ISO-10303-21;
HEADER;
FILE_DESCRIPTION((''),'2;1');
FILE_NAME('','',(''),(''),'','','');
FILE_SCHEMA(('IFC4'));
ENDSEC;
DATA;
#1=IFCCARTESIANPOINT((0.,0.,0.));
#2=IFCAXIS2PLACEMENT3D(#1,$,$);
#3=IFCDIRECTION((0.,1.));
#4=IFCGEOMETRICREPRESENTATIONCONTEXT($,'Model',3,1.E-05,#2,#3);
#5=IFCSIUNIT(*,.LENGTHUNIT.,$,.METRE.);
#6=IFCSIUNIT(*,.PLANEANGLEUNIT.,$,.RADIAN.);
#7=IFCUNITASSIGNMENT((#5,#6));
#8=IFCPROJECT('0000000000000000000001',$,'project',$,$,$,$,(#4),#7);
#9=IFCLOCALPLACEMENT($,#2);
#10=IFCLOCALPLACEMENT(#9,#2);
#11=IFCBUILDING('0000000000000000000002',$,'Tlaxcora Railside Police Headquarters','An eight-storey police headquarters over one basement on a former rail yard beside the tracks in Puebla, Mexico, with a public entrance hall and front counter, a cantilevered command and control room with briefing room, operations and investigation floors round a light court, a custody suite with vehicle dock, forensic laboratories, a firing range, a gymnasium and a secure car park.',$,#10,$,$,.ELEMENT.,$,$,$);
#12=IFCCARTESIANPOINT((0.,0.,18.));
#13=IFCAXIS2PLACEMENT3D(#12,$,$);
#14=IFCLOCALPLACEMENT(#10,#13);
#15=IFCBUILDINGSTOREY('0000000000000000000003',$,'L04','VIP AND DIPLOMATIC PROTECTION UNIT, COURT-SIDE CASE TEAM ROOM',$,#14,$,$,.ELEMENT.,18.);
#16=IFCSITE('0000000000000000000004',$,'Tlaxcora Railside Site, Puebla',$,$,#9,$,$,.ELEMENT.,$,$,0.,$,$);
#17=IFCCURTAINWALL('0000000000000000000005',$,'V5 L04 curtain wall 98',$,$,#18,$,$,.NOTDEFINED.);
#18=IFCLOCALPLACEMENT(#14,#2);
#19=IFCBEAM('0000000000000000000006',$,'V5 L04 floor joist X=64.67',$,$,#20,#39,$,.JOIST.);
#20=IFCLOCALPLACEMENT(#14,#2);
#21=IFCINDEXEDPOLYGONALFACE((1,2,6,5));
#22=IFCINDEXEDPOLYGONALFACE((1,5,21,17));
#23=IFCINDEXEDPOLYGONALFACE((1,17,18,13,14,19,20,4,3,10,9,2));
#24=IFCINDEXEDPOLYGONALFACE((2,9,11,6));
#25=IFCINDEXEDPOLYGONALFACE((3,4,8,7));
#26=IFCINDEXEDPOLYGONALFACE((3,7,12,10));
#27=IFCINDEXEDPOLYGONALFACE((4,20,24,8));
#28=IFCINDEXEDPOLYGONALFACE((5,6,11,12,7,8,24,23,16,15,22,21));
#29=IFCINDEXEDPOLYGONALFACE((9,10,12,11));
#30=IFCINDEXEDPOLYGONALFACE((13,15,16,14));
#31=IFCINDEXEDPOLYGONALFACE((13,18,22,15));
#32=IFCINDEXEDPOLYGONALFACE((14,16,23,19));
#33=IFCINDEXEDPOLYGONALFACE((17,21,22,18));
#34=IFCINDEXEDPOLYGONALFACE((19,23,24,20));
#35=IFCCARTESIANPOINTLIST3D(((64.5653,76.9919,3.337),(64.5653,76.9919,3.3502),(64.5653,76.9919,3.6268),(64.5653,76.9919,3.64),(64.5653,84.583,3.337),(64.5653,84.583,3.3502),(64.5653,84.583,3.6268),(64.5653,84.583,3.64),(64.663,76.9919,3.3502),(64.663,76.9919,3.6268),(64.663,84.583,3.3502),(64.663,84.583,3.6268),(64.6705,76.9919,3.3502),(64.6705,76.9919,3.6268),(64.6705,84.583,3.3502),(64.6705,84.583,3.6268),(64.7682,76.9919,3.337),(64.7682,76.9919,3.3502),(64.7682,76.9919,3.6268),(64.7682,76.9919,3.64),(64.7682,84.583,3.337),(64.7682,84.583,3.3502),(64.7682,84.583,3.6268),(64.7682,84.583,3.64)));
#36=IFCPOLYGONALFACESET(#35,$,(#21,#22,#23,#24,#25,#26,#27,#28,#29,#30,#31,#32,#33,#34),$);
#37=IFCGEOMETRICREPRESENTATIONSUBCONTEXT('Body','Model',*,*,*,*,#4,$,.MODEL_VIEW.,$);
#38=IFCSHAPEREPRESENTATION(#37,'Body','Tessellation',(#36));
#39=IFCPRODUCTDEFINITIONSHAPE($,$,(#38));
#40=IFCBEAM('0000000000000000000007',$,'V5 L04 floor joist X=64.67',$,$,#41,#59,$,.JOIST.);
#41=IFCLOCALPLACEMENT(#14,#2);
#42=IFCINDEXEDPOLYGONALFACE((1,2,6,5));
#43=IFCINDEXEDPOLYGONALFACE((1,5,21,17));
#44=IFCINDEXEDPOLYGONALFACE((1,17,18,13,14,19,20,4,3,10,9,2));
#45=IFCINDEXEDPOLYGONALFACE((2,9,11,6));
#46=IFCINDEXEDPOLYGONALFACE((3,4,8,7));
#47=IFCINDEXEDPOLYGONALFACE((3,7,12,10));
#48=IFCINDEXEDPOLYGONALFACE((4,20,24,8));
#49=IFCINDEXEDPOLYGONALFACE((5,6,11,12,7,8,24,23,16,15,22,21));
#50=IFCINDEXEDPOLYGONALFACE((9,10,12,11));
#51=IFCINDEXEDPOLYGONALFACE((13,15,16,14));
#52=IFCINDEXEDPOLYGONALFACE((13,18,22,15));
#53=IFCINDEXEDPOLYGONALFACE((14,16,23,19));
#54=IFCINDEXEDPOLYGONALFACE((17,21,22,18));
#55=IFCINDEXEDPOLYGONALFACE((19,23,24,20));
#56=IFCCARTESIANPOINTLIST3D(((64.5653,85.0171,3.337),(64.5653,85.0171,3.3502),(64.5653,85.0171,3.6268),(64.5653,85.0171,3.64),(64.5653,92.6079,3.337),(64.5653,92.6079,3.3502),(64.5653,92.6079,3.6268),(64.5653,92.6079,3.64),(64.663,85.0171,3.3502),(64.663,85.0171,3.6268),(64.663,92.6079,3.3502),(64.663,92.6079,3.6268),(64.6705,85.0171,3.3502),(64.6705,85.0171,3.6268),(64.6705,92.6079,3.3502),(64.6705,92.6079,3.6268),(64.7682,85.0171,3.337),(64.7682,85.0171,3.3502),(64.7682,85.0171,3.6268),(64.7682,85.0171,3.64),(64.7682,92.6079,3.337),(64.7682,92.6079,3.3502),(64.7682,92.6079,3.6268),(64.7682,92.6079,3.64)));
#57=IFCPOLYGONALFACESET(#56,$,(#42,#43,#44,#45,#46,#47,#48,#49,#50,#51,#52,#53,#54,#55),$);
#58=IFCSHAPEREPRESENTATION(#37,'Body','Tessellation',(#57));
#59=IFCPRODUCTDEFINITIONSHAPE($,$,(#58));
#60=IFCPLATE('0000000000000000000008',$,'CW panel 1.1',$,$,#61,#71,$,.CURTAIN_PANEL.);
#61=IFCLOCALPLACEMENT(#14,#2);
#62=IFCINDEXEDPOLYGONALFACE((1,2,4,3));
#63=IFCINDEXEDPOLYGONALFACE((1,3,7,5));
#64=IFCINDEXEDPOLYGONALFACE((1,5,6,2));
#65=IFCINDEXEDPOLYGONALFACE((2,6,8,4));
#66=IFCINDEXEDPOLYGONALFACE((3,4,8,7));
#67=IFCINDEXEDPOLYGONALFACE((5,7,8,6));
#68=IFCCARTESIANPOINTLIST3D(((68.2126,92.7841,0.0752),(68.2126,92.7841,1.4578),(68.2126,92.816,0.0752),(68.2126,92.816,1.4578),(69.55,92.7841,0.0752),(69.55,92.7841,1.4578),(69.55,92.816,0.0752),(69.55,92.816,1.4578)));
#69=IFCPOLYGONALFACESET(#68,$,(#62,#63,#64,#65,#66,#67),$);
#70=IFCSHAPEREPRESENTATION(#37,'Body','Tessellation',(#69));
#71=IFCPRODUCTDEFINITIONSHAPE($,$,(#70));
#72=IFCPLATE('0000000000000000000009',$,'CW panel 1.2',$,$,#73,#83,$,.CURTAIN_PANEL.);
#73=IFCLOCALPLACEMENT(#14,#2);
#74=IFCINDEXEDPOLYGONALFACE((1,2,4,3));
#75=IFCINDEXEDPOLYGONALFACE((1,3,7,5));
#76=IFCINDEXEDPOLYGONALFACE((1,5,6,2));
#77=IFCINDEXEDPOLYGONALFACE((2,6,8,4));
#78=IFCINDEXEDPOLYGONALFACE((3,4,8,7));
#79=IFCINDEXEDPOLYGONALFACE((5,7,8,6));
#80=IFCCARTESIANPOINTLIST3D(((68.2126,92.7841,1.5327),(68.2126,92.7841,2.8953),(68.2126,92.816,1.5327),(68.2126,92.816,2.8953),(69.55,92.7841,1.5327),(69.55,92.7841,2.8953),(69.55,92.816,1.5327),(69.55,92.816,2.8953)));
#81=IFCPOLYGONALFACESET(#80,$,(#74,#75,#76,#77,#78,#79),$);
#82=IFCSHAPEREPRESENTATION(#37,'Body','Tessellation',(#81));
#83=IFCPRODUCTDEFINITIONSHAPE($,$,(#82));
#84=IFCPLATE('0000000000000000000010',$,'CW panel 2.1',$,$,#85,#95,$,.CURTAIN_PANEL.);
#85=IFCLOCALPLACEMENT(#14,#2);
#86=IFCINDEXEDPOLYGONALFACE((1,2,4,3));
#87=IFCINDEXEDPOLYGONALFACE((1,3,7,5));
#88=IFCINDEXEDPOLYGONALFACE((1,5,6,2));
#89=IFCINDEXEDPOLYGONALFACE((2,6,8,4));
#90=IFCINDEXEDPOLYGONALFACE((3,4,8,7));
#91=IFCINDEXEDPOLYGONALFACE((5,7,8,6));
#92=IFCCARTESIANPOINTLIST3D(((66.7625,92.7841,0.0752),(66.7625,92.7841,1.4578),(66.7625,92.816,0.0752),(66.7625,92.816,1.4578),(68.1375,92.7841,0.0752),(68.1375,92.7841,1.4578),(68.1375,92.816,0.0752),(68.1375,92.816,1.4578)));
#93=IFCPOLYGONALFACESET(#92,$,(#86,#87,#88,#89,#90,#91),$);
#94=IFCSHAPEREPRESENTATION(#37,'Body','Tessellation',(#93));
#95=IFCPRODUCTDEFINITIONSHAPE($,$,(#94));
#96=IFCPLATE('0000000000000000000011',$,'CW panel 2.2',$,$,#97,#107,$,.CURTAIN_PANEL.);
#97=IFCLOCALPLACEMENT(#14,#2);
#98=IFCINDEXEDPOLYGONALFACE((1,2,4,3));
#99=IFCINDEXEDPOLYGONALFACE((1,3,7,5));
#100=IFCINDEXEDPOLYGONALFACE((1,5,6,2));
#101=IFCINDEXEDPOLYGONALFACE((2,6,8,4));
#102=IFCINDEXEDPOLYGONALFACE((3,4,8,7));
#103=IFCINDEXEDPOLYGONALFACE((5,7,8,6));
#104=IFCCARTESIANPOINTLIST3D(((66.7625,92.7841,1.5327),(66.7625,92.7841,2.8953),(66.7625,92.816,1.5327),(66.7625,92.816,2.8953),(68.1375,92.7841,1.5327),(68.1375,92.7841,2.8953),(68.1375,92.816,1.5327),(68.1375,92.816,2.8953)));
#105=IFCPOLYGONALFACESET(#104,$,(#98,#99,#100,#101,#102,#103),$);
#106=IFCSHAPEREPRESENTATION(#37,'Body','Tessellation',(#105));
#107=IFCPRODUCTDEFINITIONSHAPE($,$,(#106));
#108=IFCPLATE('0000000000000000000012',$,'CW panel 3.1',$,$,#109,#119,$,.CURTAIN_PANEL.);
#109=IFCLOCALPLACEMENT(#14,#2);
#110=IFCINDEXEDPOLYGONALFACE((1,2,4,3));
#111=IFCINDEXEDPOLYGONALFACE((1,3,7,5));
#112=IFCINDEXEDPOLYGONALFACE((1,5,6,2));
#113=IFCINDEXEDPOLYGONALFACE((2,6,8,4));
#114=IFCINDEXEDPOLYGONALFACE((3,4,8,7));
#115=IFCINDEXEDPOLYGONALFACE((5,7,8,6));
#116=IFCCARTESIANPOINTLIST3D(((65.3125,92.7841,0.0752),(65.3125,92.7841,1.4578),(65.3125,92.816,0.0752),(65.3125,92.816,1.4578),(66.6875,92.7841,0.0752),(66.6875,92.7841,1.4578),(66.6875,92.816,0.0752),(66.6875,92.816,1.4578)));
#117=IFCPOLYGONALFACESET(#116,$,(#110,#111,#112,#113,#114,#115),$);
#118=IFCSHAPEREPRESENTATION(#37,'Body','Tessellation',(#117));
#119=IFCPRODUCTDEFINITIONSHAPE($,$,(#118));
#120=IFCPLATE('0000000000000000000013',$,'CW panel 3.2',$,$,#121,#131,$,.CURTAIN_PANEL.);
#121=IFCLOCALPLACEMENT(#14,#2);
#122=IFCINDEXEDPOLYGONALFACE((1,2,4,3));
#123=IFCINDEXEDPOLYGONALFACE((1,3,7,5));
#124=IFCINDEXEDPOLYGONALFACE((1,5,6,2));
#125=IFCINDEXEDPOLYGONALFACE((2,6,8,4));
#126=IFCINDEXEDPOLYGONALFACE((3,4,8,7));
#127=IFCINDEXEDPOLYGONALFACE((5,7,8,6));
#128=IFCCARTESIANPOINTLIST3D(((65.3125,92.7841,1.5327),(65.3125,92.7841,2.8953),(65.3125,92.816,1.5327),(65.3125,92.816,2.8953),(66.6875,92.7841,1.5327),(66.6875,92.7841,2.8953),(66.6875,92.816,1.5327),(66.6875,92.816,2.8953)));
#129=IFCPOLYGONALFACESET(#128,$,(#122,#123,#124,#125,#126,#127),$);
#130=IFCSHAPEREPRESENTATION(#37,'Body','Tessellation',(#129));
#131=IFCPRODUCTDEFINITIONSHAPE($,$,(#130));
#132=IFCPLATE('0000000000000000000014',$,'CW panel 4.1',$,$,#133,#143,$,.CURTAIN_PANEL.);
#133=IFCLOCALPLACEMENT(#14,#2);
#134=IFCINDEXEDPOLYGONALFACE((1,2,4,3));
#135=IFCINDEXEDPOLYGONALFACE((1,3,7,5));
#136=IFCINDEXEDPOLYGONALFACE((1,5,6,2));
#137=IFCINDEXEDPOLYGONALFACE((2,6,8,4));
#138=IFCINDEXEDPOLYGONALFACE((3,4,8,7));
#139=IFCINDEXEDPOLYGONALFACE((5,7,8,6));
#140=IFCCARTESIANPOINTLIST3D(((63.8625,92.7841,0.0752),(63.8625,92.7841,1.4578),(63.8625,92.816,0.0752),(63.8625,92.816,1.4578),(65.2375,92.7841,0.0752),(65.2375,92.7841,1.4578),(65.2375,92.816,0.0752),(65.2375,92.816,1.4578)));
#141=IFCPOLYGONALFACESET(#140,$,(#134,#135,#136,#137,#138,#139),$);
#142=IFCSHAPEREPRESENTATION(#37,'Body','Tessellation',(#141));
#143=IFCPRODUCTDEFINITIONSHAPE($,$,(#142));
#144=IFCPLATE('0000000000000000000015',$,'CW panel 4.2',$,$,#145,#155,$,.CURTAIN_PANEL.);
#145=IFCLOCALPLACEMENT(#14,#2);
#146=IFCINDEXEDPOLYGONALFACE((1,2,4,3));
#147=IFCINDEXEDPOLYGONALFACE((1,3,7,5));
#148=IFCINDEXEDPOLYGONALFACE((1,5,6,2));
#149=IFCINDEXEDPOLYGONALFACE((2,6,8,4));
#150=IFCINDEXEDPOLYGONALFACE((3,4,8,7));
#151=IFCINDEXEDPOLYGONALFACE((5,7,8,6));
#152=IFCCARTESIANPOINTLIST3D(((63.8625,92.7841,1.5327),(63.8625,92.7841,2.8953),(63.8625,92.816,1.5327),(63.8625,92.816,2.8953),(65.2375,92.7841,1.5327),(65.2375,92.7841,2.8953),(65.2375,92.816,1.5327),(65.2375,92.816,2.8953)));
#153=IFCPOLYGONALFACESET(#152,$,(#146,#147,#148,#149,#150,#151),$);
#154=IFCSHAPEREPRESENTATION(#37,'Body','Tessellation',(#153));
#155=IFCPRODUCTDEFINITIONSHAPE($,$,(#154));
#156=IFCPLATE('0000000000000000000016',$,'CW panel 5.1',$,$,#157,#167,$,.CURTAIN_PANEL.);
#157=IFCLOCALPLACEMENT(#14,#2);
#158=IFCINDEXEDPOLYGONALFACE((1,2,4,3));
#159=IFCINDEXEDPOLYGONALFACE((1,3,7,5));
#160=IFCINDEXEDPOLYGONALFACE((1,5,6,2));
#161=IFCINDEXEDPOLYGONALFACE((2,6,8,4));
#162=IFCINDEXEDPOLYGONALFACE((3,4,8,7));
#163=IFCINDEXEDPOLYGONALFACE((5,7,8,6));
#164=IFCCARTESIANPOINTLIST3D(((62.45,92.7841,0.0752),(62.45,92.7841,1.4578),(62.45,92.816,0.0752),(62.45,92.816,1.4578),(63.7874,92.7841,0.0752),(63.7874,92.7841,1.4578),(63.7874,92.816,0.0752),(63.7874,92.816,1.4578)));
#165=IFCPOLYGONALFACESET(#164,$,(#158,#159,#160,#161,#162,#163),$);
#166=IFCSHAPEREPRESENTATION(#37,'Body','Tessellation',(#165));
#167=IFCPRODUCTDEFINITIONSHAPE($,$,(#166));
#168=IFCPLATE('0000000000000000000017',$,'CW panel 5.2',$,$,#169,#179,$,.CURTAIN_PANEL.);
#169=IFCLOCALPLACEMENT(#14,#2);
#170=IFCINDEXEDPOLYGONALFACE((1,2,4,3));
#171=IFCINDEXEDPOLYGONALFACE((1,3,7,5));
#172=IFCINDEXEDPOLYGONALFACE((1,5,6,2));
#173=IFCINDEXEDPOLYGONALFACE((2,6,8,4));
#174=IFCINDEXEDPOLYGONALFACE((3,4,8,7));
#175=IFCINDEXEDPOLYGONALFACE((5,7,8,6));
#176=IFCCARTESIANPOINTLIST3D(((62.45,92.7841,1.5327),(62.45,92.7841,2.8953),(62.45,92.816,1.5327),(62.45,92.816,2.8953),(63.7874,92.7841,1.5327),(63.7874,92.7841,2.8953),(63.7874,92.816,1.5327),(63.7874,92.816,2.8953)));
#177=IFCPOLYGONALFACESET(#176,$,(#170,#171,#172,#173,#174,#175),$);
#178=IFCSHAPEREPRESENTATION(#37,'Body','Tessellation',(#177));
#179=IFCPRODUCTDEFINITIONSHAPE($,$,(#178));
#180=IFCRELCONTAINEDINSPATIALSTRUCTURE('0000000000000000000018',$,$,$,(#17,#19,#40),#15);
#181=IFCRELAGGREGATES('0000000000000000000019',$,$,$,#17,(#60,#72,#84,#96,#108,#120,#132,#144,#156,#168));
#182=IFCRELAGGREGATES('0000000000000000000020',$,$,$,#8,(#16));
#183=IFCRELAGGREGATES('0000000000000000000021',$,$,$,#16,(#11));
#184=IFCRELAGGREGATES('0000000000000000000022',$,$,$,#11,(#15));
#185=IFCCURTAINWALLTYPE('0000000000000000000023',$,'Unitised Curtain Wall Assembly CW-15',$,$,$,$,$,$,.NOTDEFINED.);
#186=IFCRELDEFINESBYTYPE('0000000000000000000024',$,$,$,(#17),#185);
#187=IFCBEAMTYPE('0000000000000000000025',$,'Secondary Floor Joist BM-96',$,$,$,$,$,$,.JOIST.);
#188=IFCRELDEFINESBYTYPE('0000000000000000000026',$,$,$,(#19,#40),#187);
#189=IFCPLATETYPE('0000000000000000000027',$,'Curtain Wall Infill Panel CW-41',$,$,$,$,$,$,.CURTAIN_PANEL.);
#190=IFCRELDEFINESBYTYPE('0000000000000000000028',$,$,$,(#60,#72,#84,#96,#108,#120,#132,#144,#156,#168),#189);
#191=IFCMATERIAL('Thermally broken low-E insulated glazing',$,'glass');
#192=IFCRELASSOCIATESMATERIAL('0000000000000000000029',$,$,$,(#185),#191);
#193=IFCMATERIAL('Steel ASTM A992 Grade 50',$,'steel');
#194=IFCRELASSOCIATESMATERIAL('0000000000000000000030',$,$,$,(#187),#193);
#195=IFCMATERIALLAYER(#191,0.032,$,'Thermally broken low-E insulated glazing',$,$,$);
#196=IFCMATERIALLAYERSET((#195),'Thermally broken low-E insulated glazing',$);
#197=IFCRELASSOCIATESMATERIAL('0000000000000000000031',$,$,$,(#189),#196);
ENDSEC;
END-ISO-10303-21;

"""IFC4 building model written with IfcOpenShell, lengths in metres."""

from ifc_helpers import new_model, si_unit, direction, frame, origin, origin_2d, place, context, subcontext, project, spatial, rectangle, i_section, extrude, material, layer, layer_set, material_profile, profile_set, type_object, element, aggregate, save


model = new_model("IFC4")

# Units and contexts
model_context = context("Model", 3, precision=1e-05, world=origin(), true_north=direction((0.0, 1.0)))
body_context = subcontext(model_context, "Body", "Model", "MODEL_VIEW")
ifc_project = project(units=[si_unit("LENGTHUNIT", "METRE"), si_unit("PLANEANGLEUNIT", "RADIAN")], contexts=[model_context])

# Site, building, storey
site_placement = place(None, origin())
site = spatial("IfcSite", under=ifc_project, at=site_placement, Name="Tlaxcora Railside Site, Puebla", CompositionType="ELEMENT", RefElevation=0.0)
building_placement = place(site_placement, origin())
building = spatial("IfcBuilding", under=site, at=building_placement, Name="Tlaxcora Railside Police Headquarters", Description="An eight-storey police headquarters over one basement on a former rail yard beside the tracks in Puebla, Mexico, with a public entrance hall and front counter, a cantilevered command and control room with briefing room, operations and investigation floors round a light court, a custody suite with vehicle dock, forensic laboratories, a firing range, a gymnasium and a secure car park.", CompositionType="ELEMENT")
storey_placement = place(building_placement, frame((0.0, 0.0, 18.0)))
storey = spatial("IfcBuildingStorey", under=building, at=storey_placement, Name="L04", Description="VIP AND DIPLOMATIC PROTECTION UNIT, COURT-SIDE CASE TEAM ROOM", CompositionType="ELEMENT", Elevation=18.0)

# Curtain wall
ifc_material_1 = material(Name="Thermally broken low-E insulated glazing", Category="glass")
curtain_wall_type = type_object("IfcCurtainWallType", Name="Unitised Curtain Wall Assembly CW-15", PredefinedType="NOTDEFINED", material=ifc_material_1)
curtain_wall_placement = place(storey_placement, origin())
curtain_wall = element("IfcCurtainWall", 1, at=curtain_wall_placement, inside=storey, type_object=curtain_wall_type, Name="V5 L04 curtain wall 98", PredefinedType="NOTDEFINED")

# Beams
ifc_material_2 = material(Name="Steel ASTM A992 Grade 50", Category="steel")
ifc_material_profile_1 = material_profile(ifc_material_2, i_section(OverallWidth=0.2029, OverallDepth=0.303, WebThickness=0.0076, FlangeThickness=0.0132, at=origin_2d()), Name="W12X40")
ifc_profile_set_1 = profile_set([ifc_material_profile_1], Name="Steel ASTM A992 Grade 50")
beam_type_1 = type_object("IfcBeamType", Name="Secondary Floor Joist BM-96", PredefinedType="JOIST", material=ifc_profile_set_1)
beam_1_placement = place(storey_placement, frame((64.6667, 76.9919, 3.4885), z_axis=(0.0, 1.0, 0.0), x_axis=(-1.0, 0.0, 0.0)))
element("IfcBeam", 2, at=beam_1_placement, inside=storey, type_object=beam_type_1, Name="V5 L04 floor joist X=64.67", PredefinedType="JOIST", context=body_context, shape_type="SweptSolid", body=[
    extrude(i_section(OverallWidth=0.2029, OverallDepth=0.303, WebThickness=0.0076, FlangeThickness=0.0132, at=origin_2d()), origin(), (0.0, 0.0, 1.0), 7.5911),
])
beam_2_placement = place(storey_placement, frame((64.6667, 85.0171, 3.4885), z_axis=(0.0, 1.0, 0.0), x_axis=(-1.0, 0.0, 0.0)))
element("IfcBeam", 3, at=beam_2_placement, inside=storey, type_object=beam_type_1, Name="V5 L04 floor joist X=64.67", PredefinedType="JOIST", context=body_context, shape_type="SweptSolid", body=[
    extrude(i_section(OverallWidth=0.2029, OverallDepth=0.303, WebThickness=0.0076, FlangeThickness=0.0132, at=origin_2d()), origin(), (0.0, 0.0, 1.0), 7.5908),
])

# Plates
ifc_layer = layer(ifc_material_1, 0.032, Name="Thermally broken low-E insulated glazing")
ifc_layer_set = layer_set([ifc_layer], Name="Thermally broken low-E insulated glazing")
plate_type = type_object("IfcPlateType", Name="Curtain Wall Infill Panel CW-41", PredefinedType="CURTAIN_PANEL", material=ifc_layer_set)
plate_1_placement = place(storey_placement, frame((68.8813, 92.8, 0.0752), z_axis=(0.0, 0.0, 1.0), x_axis=(-1.0, 0.0, 0.0)))
plate_1 = element("IfcPlate", 4, at=plate_1_placement, type_object=plate_type, Name="CW panel 1.1", PredefinedType="CURTAIN_PANEL", context=body_context, shape_type="SweptSolid", body=[
    extrude(rectangle(XDim=1.3374, YDim=0.032, at=origin_2d()), origin(), (0.0, 0.0, 1.0), 1.3826),
])
plate_2_placement = place(storey_placement, frame((68.8813, 92.8, 1.5327), z_axis=(0.0, 0.0, 1.0), x_axis=(-1.0, 0.0, 0.0)))
plate_2 = element("IfcPlate", 5, at=plate_2_placement, type_object=plate_type, Name="CW panel 1.2", PredefinedType="CURTAIN_PANEL", context=body_context, shape_type="SweptSolid", body=[
    extrude(rectangle(XDim=1.3374, YDim=0.032, at=origin_2d()), origin(), (0.0, 0.0, 1.0), 1.3625),
])
plate_3_placement = place(storey_placement, frame((67.45, 92.8, 0.0752), z_axis=(0.0, 0.0, 1.0), x_axis=(-1.0, 0.0, 0.0)))
plate_3 = element("IfcPlate", 6, at=plate_3_placement, type_object=plate_type, Name="CW panel 2.1", PredefinedType="CURTAIN_PANEL", context=body_context, shape_type="SweptSolid", body=[
    extrude(rectangle(XDim=1.375, YDim=0.032, at=origin_2d()), origin(), (0.0, 0.0, 1.0), 1.3826),
])
plate_4_placement = place(storey_placement, frame((67.45, 92.8, 1.5327), z_axis=(0.0, 0.0, 1.0), x_axis=(-1.0, 0.0, 0.0)))
plate_4 = element("IfcPlate", 7, at=plate_4_placement, type_object=plate_type, Name="CW panel 2.2", PredefinedType="CURTAIN_PANEL", context=body_context, shape_type="SweptSolid", body=[
    extrude(rectangle(XDim=1.375, YDim=0.032, at=origin_2d()), origin(), (0.0, 0.0, 1.0), 1.3625),
])
plate_5_placement = place(storey_placement, frame((66.0, 92.8, 0.0752), z_axis=(0.0, 0.0, 1.0), x_axis=(-1.0, 0.0, 0.0)))
plate_5 = element("IfcPlate", 8, at=plate_5_placement, type_object=plate_type, Name="CW panel 3.1", PredefinedType="CURTAIN_PANEL", context=body_context, shape_type="SweptSolid", body=[
    extrude(rectangle(XDim=1.375, YDim=0.032, at=origin_2d()), origin(), (0.0, 0.0, 1.0), 1.3826),
])
plate_6_placement = place(storey_placement, frame((66.0, 92.8, 1.5327), z_axis=(0.0, 0.0, 1.0), x_axis=(-1.0, 0.0, 0.0)))
plate_6 = element("IfcPlate", 9, at=plate_6_placement, type_object=plate_type, Name="CW panel 3.2", PredefinedType="CURTAIN_PANEL", context=body_context, shape_type="SweptSolid", body=[
    extrude(rectangle(XDim=1.375, YDim=0.032, at=origin_2d()), origin(), (0.0, 0.0, 1.0), 1.3625),
])
plate_7_placement = place(storey_placement, frame((64.55, 92.8, 0.0752), z_axis=(0.0, 0.0, 1.0), x_axis=(-1.0, 0.0, 0.0)))
plate_7 = element("IfcPlate", 10, at=plate_7_placement, type_object=plate_type, Name="CW panel 4.1", PredefinedType="CURTAIN_PANEL", context=body_context, shape_type="SweptSolid", body=[
    extrude(rectangle(XDim=1.375, YDim=0.032, at=origin_2d()), origin(), (0.0, 0.0, 1.0), 1.3826),
])
plate_8_placement = place(storey_placement, frame((64.55, 92.8, 1.5327), z_axis=(0.0, 0.0, 1.0), x_axis=(-1.0, 0.0, 0.0)))
plate_8 = element("IfcPlate", 11, at=plate_8_placement, type_object=plate_type, Name="CW panel 4.2", PredefinedType="CURTAIN_PANEL", context=body_context, shape_type="SweptSolid", body=[
    extrude(rectangle(XDim=1.375, YDim=0.032, at=origin_2d()), origin(), (0.0, 0.0, 1.0), 1.3625),
])
plate_9_placement = place(storey_placement, frame((63.1187, 92.8, 0.0752), z_axis=(0.0, 0.0, 1.0), x_axis=(-1.0, 0.0, 0.0)))
plate_9 = element("IfcPlate", 12, at=plate_9_placement, type_object=plate_type, Name="CW panel 5.1", PredefinedType="CURTAIN_PANEL", context=body_context, shape_type="SweptSolid", body=[
    extrude(rectangle(XDim=1.3374, YDim=0.032, at=origin_2d()), origin(), (0.0, 0.0, 1.0), 1.3826),
])
plate_10_placement = place(storey_placement, frame((63.1187, 92.8, 1.5327), z_axis=(0.0, 0.0, 1.0), x_axis=(-1.0, 0.0, 0.0)))
plate_10 = element("IfcPlate", 13, at=plate_10_placement, type_object=plate_type, Name="CW panel 5.2", PredefinedType="CURTAIN_PANEL", context=body_context, shape_type="SweptSolid", body=[
    extrude(rectangle(XDim=1.3374, YDim=0.032, at=origin_2d()), origin(), (0.0, 0.0, 1.0), 1.3625),
])
aggregate(curtain_wall, [plate_1, plate_2, plate_3, plate_4, plate_5, plate_6, plate_7, plate_8, plate_9, plate_10])

save(model, "model.ifc")
